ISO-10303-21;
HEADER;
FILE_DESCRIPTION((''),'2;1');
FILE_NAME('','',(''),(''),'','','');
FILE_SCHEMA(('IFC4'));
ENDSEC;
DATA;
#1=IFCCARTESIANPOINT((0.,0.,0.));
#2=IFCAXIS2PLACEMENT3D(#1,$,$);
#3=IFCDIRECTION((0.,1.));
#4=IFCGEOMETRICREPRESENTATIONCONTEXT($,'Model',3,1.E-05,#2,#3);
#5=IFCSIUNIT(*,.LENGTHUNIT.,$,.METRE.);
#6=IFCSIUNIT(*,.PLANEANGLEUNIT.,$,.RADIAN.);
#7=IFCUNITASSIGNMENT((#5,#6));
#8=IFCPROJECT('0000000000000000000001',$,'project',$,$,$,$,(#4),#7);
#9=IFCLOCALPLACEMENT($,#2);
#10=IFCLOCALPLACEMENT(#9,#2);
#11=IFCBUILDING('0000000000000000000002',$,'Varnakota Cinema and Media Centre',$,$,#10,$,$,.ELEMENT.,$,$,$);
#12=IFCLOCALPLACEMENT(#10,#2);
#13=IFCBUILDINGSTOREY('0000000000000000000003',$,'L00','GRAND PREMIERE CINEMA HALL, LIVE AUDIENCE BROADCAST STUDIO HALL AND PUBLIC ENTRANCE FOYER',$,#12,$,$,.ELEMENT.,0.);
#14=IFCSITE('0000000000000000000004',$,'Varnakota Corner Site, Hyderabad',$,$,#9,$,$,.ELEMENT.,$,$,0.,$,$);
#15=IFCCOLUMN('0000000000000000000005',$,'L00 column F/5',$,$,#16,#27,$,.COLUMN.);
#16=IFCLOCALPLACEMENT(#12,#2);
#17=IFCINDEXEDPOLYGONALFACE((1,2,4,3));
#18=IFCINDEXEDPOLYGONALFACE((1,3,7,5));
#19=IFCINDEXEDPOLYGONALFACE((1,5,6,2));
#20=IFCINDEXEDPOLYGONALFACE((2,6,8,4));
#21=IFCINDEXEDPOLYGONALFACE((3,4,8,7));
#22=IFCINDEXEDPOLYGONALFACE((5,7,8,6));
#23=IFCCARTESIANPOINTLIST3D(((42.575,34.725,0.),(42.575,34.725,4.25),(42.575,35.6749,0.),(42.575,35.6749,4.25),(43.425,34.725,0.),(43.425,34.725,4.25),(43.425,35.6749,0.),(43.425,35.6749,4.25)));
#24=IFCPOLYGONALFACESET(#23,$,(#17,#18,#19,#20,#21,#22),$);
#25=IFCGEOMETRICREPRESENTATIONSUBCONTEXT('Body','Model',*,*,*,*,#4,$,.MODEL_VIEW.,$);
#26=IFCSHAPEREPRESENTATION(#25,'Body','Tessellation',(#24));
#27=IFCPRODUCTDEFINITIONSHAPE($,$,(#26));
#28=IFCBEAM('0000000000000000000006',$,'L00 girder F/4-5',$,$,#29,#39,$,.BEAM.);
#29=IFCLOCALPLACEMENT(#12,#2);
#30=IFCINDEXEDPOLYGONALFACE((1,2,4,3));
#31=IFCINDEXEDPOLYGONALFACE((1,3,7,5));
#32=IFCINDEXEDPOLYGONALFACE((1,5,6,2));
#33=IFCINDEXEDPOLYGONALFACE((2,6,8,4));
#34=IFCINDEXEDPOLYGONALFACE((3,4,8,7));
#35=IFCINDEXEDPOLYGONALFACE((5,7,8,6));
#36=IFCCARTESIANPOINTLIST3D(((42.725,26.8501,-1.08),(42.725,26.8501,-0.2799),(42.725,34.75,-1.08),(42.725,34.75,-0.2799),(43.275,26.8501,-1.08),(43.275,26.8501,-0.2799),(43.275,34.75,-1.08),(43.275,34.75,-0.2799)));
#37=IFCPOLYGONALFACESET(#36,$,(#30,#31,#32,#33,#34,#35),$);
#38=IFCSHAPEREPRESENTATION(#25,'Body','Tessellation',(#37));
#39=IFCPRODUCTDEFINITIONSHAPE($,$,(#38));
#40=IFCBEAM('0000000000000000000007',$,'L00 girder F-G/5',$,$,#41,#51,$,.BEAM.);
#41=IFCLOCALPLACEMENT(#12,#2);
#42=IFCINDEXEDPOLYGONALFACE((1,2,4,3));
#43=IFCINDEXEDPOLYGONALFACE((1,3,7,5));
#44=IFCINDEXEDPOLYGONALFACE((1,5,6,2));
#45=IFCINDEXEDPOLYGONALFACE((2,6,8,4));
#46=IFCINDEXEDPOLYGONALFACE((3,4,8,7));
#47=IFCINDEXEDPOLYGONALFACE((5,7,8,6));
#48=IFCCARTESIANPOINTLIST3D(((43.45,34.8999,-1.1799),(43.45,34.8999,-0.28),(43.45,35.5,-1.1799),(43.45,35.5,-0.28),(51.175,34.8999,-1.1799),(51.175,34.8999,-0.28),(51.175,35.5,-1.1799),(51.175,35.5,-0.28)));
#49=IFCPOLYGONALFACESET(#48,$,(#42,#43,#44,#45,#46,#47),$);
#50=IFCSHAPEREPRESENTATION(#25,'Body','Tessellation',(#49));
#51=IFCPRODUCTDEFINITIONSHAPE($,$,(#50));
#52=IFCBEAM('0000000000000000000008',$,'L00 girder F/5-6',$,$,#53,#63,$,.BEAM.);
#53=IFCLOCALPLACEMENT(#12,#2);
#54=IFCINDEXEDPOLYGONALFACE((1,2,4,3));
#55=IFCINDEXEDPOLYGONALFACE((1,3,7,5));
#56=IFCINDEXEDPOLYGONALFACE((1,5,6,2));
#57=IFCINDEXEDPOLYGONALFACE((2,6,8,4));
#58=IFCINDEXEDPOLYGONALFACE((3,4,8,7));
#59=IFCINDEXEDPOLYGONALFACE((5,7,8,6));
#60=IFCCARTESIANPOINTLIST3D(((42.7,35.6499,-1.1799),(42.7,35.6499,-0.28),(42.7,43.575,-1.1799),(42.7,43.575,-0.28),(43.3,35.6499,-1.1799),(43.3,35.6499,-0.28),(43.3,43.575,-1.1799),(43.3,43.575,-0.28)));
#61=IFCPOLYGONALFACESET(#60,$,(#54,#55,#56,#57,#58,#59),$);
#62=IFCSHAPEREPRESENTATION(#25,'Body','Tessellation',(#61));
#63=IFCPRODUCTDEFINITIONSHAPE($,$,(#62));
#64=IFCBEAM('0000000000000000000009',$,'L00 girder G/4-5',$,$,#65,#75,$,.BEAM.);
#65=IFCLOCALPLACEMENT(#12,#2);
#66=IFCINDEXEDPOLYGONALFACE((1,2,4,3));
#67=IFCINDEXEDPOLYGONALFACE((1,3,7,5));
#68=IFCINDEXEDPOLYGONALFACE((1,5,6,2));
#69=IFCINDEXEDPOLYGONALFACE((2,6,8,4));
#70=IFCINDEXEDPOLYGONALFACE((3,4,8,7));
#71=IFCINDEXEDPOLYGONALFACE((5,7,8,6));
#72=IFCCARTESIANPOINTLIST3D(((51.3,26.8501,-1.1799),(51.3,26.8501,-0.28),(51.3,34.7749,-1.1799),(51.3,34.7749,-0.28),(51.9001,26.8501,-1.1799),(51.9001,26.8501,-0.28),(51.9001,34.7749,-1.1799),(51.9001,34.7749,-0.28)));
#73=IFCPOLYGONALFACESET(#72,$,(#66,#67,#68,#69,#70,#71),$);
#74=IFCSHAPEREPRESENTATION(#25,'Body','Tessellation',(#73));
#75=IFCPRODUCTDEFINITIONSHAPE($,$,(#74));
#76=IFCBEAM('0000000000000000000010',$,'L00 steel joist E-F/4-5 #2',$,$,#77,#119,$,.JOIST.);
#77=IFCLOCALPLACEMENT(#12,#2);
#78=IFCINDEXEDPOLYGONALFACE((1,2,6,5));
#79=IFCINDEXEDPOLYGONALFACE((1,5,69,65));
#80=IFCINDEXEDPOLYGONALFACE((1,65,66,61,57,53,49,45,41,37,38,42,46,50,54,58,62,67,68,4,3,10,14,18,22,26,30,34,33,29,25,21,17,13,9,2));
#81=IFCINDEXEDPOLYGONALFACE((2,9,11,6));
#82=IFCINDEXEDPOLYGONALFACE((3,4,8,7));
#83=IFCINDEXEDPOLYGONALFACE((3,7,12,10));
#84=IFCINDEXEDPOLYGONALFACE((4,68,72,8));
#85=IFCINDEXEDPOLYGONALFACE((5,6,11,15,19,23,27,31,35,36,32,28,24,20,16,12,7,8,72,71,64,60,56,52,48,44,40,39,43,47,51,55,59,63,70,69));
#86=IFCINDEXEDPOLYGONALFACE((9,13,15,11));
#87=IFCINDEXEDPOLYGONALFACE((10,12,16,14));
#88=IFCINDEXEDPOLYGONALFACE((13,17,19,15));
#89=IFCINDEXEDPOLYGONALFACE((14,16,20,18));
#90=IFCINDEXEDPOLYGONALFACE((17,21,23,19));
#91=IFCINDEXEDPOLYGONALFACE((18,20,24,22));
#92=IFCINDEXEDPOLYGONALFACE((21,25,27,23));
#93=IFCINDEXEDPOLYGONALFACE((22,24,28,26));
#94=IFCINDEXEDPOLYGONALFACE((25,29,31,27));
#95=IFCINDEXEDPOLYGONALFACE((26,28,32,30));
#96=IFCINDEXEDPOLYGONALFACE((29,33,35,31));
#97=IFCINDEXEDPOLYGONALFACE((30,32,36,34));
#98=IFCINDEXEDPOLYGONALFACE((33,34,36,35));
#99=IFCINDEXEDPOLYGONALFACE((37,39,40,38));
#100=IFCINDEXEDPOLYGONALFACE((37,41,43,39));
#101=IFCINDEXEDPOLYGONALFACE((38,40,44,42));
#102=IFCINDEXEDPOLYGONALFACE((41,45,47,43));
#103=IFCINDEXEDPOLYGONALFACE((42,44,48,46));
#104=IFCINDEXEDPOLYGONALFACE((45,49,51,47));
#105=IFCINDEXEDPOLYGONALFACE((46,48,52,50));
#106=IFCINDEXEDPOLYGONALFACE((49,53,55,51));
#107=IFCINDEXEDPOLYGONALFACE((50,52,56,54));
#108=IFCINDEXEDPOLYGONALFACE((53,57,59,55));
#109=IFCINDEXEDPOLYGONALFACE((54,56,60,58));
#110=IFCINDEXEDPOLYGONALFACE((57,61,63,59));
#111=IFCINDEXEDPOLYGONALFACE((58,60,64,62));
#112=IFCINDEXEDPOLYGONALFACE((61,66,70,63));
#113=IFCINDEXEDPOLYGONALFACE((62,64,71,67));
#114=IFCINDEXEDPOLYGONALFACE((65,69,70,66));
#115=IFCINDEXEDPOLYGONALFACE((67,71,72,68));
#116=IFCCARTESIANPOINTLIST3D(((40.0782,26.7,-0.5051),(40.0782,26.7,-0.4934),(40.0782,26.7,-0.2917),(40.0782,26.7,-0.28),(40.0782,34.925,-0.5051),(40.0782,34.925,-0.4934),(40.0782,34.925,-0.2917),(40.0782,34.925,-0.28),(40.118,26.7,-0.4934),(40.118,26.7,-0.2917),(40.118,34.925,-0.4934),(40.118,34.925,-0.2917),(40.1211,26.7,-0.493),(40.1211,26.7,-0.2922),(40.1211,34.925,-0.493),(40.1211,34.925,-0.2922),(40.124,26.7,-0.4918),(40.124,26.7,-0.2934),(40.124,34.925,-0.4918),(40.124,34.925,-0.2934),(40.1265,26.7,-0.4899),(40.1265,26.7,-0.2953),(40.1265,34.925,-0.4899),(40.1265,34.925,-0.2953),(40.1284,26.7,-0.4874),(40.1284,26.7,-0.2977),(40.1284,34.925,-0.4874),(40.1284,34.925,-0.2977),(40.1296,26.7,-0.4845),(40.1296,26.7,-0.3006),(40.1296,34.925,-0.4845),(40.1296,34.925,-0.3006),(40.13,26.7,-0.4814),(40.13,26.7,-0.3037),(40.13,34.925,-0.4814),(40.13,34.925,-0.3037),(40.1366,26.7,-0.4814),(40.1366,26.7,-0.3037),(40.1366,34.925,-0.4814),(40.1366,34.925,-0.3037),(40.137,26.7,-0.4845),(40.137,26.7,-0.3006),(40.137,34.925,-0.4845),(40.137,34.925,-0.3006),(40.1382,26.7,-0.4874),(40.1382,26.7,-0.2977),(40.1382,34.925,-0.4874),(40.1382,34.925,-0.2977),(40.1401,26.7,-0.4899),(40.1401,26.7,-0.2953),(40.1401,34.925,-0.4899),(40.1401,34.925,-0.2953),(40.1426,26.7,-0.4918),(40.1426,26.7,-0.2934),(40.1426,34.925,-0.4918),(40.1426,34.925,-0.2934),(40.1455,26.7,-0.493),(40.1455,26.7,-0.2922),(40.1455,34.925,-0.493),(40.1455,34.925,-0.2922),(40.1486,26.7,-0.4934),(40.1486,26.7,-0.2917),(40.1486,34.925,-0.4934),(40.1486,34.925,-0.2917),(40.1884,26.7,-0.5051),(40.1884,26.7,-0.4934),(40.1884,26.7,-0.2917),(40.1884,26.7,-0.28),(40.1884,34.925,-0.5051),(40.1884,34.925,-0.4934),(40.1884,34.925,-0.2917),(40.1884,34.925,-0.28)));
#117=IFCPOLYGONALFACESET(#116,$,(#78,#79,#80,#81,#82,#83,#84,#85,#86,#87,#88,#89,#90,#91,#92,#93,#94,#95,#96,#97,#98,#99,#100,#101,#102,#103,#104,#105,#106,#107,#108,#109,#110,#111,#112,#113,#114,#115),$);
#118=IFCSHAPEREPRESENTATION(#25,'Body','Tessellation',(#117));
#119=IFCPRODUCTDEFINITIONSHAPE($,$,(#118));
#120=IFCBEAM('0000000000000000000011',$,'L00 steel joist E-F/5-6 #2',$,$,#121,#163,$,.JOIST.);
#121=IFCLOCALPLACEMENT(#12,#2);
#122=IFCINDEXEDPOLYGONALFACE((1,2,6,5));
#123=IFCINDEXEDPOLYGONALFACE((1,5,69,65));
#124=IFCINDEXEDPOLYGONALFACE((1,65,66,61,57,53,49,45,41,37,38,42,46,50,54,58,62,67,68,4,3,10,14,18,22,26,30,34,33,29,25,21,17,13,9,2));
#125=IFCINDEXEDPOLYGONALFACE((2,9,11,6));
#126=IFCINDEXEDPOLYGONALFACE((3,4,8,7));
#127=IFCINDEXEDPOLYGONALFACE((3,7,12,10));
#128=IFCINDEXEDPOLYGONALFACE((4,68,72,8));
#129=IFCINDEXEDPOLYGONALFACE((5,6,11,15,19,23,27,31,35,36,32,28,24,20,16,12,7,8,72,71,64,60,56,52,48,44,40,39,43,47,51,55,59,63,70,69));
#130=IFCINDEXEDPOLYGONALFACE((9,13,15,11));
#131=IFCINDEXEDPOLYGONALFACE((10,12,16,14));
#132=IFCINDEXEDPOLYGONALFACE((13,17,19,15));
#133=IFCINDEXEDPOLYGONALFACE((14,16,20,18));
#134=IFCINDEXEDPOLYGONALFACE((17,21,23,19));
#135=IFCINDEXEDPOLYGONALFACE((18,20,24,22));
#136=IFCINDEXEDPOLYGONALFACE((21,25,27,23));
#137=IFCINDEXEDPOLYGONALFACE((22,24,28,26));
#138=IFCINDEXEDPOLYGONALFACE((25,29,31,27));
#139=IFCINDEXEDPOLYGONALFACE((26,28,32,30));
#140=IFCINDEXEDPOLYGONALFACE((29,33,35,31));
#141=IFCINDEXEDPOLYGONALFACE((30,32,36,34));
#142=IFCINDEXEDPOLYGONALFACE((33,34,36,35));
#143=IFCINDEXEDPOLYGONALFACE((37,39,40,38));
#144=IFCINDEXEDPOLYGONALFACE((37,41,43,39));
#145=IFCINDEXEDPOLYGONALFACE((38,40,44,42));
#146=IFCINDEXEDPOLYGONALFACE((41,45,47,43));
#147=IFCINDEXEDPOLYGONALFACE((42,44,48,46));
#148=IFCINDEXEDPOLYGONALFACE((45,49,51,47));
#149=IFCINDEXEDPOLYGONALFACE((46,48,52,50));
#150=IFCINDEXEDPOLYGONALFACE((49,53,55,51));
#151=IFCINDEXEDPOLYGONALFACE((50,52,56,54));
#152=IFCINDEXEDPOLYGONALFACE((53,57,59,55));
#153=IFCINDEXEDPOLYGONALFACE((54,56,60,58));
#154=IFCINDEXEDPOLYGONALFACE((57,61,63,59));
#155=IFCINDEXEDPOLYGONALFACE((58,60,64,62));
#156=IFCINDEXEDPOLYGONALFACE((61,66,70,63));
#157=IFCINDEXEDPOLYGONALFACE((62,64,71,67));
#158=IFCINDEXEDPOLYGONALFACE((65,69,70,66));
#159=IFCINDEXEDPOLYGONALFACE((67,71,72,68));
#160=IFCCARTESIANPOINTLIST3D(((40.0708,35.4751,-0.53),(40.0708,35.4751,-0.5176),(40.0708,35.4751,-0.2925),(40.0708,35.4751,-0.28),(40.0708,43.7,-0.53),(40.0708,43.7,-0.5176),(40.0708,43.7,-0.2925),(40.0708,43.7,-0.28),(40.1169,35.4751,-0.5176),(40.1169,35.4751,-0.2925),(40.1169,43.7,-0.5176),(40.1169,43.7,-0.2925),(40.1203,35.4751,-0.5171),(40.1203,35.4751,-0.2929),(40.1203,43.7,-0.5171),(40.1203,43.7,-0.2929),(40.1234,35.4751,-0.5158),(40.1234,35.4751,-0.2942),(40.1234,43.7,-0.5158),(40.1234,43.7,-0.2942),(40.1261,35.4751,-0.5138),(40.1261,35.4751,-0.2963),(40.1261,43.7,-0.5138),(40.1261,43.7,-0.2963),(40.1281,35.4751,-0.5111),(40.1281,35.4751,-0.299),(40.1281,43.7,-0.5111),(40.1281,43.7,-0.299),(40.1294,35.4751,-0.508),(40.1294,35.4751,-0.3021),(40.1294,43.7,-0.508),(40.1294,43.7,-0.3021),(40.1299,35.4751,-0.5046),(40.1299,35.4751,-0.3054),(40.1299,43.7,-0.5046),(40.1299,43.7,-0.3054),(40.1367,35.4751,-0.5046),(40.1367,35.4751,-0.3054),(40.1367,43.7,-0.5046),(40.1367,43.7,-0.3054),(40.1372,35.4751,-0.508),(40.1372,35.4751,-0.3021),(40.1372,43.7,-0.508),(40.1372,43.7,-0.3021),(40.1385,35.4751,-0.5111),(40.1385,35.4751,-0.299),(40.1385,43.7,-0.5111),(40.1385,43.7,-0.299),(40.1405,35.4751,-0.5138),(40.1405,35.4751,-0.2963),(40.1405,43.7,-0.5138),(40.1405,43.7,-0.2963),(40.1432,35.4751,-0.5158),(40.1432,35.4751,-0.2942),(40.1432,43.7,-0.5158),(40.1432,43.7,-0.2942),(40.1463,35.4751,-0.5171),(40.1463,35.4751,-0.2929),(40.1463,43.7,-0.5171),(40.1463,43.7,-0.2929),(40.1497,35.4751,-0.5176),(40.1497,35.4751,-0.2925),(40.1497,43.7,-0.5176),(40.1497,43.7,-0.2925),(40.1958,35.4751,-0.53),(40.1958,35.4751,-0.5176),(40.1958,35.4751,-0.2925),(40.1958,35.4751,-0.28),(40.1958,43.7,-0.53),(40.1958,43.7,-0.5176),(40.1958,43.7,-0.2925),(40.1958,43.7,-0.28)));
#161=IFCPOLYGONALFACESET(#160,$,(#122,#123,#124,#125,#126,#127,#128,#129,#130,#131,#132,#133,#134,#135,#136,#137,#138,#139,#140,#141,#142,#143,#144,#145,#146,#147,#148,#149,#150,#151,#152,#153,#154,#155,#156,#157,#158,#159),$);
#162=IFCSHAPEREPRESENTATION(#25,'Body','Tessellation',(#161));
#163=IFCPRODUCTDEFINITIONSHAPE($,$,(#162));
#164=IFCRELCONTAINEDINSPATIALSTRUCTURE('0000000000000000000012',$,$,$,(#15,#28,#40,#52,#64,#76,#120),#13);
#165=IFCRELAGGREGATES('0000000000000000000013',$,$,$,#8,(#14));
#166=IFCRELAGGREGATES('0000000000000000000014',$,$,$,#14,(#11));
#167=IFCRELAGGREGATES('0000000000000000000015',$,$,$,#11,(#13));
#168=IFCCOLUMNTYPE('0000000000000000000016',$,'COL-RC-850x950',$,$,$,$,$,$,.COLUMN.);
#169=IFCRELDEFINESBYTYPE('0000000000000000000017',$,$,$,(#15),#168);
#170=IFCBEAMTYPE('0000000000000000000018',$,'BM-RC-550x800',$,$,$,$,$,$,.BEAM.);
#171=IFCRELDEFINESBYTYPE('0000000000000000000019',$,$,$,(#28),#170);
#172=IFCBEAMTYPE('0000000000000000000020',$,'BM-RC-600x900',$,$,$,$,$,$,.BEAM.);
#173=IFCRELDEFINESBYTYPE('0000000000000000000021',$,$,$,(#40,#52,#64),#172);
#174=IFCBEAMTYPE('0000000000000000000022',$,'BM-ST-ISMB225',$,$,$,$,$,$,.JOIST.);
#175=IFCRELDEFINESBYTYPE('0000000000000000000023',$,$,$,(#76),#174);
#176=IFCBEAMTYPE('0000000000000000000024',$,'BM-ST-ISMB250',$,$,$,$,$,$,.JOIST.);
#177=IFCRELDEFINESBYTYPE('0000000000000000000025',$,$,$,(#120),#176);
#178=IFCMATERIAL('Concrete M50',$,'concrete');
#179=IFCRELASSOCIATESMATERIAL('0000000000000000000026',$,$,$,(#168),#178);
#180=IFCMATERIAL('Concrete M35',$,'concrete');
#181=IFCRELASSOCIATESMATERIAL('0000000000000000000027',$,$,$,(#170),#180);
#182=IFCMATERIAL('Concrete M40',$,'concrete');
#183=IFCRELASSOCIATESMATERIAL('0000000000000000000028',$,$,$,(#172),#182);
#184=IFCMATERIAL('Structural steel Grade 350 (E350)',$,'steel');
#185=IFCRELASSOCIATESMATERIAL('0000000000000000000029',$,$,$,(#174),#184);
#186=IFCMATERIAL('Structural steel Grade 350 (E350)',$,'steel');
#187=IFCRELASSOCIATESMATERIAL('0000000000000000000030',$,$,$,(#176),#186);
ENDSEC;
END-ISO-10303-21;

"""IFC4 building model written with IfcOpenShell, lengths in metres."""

from ifc_helpers import new_model, si_unit, direction, frame, origin, origin_2d, place, context, subcontext, project, spatial, rectangle, i_section, extrude, material, material_profile, profile_set, type_object, element, save


model = new_model("IFC4")

# Units and contexts
model_context = context("Model", 3, precision=1e-05, world=origin(), true_north=direction((0.0, 1.0)))
body_context = subcontext(model_context, "Body", "Model", "MODEL_VIEW")
ifc_project = project(units=[si_unit("LENGTHUNIT", "METRE"), si_unit("PLANEANGLEUNIT", "RADIAN")], contexts=[model_context])

# Site, building, storey
site_placement = place(None, origin())
site = spatial("IfcSite", under=ifc_project, at=site_placement, Name="Varnakota Corner Site, Hyderabad", CompositionType="ELEMENT", RefElevation=0.0)
building_placement = place(site_placement, origin())
building = spatial("IfcBuilding", under=site, at=building_placement, Name="Varnakota Cinema and Media Centre", CompositionType="ELEMENT")
storey_placement = place(building_placement, origin())
storey = spatial("IfcBuildingStorey", under=building, at=storey_placement, Name="L00", Description="GRAND PREMIERE CINEMA HALL, LIVE AUDIENCE BROADCAST STUDIO HALL AND PUBLIC ENTRANCE FOYER", CompositionType="ELEMENT", Elevation=0.0)

# Column
ifc_material_1 = material(Name="Concrete M50", Category="concrete")
ifc_material_profile_1 = material_profile(ifc_material_1, rectangle(XDim=0.8501, YDim=0.95, at=origin_2d()), Name="RC 850x950")
ifc_profile_set_1 = profile_set([ifc_material_profile_1], Name="Concrete M50")
column_type = type_object("IfcColumnType", Name="COL-RC-850x950", PredefinedType="COLUMN", material=ifc_profile_set_1)
column_placement = place(storey_placement, frame((43.0, 35.2, 0.0), z_axis=(0.0, 0.0, 1.0), x_axis=(1.0, 0.0, 0.0)))
element("IfcColumn", 1, at=column_placement, inside=storey, type_object=column_type, Name="L00 column F/5", PredefinedType="COLUMN", context=body_context, shape_type="SweptSolid", body=[
    extrude(rectangle(XDim=0.8501, YDim=0.95, at=origin_2d()), origin(), (0.0, 0.0, 1.0), 4.25),
])

# Beams
ifc_material_2 = material(Name="Concrete M35", Category="concrete")
ifc_material_profile_2 = material_profile(ifc_material_2, rectangle(XDim=0.55, YDim=0.8, at=origin_2d()), Name="RCB 550x800")
ifc_profile_set_2 = profile_set([ifc_material_profile_2], Name="Concrete M35")
beam_type_1 = type_object("IfcBeamType", Name="BM-RC-550x800", PredefinedType="BEAM", material=ifc_profile_set_2)
beam_1_placement = place(storey_placement, frame((43.0, 26.8501, -0.6799), z_axis=(0.0, 1.0, 0.0), x_axis=(-1.0, 0.0, 0.0)))
element("IfcBeam", 2, at=beam_1_placement, inside=storey, type_object=beam_type_1, Name="L00 girder F/4-5", PredefinedType="BEAM", context=body_context, shape_type="SweptSolid", body=[
    extrude(rectangle(XDim=0.55, YDim=0.8, at=origin_2d()), origin(), (0.0, 0.0, 1.0), 7.8999),
])
ifc_material_3 = material(Name="Concrete M40", Category="concrete")
ifc_material_profile_3 = material_profile(ifc_material_3, rectangle(XDim=0.6001, YDim=0.8999, at=origin_2d()), Name="RCB 600x900")
ifc_profile_set_3 = profile_set([ifc_material_profile_3], Name="Concrete M40")
beam_type_2 = type_object("IfcBeamType", Name="BM-RC-600x900", PredefinedType="BEAM", material=ifc_profile_set_3)
beam_2_placement = place(storey_placement, frame((43.45, 35.2, -0.73), z_axis=(1.0, 0.0, 0.0), x_axis=(0.0, 1.0, 0.0)))
element("IfcBeam", 3, at=beam_2_placement, inside=storey, type_object=beam_type_2, Name="L00 girder F-G/5", PredefinedType="BEAM", context=body_context, shape_type="SweptSolid", body=[
    extrude(rectangle(XDim=0.6001, YDim=0.8999, at=origin_2d()), origin(), (0.0, 0.0, 1.0), 7.7251),
])
beam_3_placement = place(storey_placement, frame((43.0, 35.6499, -0.73), z_axis=(0.0, 1.0, 0.0), x_axis=(-1.0, 0.0, 0.0)))
element("IfcBeam", 4, at=beam_3_placement, inside=storey, type_object=beam_type_2, Name="L00 girder F/5-6", PredefinedType="BEAM", context=body_context, shape_type="SweptSolid", body=[
    extrude(rectangle(XDim=0.6001, YDim=0.8999, at=origin_2d()), origin(), (0.0, 0.0, 1.0), 7.925),
])
beam_4_placement = place(storey_placement, frame((51.6001, 26.8501, -0.73), z_axis=(0.0, 1.0, 0.0), x_axis=(-1.0, 0.0, 0.0)))
element("IfcBeam", 5, at=beam_4_placement, inside=storey, type_object=beam_type_2, Name="L00 girder G/4-5", PredefinedType="BEAM", context=body_context, shape_type="SweptSolid", body=[
    extrude(rectangle(XDim=0.6001, YDim=0.8999, at=origin_2d()), origin(), (0.0, 0.0, 1.0), 7.9248),
])
ifc_material_4 = material(Name="Structural steel Grade 350 (E350)", Category="steel")
ifc_material_profile_4 = material_profile(ifc_material_4, i_section(OverallWidth=0.1101, OverallDepth=0.2251, WebThickness=0.0066, FlangeThickness=0.0117, FilletRadius=0.012, at=origin_2d()), Name="ISMB 225")
ifc_profile_set_4 = profile_set([ifc_material_profile_4], Name="Structural steel Grade 350 (E350)")
beam_type_3 = type_object("IfcBeamType", Name="BM-ST-ISMB225", PredefinedType="JOIST", material=ifc_profile_set_4)
beam_5_placement = place(storey_placement, frame((40.1333, 26.7, -0.3926), z_axis=(0.0, 1.0, 0.0), x_axis=(-1.0, 0.0, 0.0)))
element("IfcBeam", 6, at=beam_5_placement, inside=storey, type_object=beam_type_3, Name="L00 steel joist E-F/4-5 #2", PredefinedType="JOIST", context=body_context, shape_type="SweptSolid", body=[
    extrude(i_section(OverallWidth=0.1101, OverallDepth=0.2251, WebThickness=0.0066, FlangeThickness=0.0117, FilletRadius=0.012, at=origin_2d()), origin(), (0.0, 0.0, 1.0), 8.2251),
])
ifc_material_5 = material(Name="Structural steel Grade 350 (E350)", Category="steel")
ifc_material_profile_5 = material_profile(ifc_material_5, i_section(OverallWidth=0.125, OverallDepth=0.25, WebThickness=0.0068, FlangeThickness=0.0125, FilletRadius=0.0129, at=origin_2d()), Name="ISMB 250")
ifc_profile_set_5 = profile_set([ifc_material_profile_5], Name="Structural steel Grade 350 (E350)")
beam_type_4 = type_object("IfcBeamType", Name="BM-ST-ISMB250", PredefinedType="JOIST", material=ifc_profile_set_5)
beam_6_placement = place(storey_placement, frame((40.1333, 35.4751, -0.405), z_axis=(0.0, 1.0, 0.0), x_axis=(-1.0, 0.0, 0.0)))
element("IfcBeam", 7, at=beam_6_placement, inside=storey, type_object=beam_type_4, Name="L00 steel joist E-F/5-6 #2", PredefinedType="JOIST", context=body_context, shape_type="SweptSolid", body=[
    extrude(i_section(OverallWidth=0.125, OverallDepth=0.25, WebThickness=0.0068, FlangeThickness=0.0125, FilletRadius=0.0129, at=origin_2d()), origin(), (0.0, 0.0, 1.0), 8.2249),
])

save(model, "model.ifc")
